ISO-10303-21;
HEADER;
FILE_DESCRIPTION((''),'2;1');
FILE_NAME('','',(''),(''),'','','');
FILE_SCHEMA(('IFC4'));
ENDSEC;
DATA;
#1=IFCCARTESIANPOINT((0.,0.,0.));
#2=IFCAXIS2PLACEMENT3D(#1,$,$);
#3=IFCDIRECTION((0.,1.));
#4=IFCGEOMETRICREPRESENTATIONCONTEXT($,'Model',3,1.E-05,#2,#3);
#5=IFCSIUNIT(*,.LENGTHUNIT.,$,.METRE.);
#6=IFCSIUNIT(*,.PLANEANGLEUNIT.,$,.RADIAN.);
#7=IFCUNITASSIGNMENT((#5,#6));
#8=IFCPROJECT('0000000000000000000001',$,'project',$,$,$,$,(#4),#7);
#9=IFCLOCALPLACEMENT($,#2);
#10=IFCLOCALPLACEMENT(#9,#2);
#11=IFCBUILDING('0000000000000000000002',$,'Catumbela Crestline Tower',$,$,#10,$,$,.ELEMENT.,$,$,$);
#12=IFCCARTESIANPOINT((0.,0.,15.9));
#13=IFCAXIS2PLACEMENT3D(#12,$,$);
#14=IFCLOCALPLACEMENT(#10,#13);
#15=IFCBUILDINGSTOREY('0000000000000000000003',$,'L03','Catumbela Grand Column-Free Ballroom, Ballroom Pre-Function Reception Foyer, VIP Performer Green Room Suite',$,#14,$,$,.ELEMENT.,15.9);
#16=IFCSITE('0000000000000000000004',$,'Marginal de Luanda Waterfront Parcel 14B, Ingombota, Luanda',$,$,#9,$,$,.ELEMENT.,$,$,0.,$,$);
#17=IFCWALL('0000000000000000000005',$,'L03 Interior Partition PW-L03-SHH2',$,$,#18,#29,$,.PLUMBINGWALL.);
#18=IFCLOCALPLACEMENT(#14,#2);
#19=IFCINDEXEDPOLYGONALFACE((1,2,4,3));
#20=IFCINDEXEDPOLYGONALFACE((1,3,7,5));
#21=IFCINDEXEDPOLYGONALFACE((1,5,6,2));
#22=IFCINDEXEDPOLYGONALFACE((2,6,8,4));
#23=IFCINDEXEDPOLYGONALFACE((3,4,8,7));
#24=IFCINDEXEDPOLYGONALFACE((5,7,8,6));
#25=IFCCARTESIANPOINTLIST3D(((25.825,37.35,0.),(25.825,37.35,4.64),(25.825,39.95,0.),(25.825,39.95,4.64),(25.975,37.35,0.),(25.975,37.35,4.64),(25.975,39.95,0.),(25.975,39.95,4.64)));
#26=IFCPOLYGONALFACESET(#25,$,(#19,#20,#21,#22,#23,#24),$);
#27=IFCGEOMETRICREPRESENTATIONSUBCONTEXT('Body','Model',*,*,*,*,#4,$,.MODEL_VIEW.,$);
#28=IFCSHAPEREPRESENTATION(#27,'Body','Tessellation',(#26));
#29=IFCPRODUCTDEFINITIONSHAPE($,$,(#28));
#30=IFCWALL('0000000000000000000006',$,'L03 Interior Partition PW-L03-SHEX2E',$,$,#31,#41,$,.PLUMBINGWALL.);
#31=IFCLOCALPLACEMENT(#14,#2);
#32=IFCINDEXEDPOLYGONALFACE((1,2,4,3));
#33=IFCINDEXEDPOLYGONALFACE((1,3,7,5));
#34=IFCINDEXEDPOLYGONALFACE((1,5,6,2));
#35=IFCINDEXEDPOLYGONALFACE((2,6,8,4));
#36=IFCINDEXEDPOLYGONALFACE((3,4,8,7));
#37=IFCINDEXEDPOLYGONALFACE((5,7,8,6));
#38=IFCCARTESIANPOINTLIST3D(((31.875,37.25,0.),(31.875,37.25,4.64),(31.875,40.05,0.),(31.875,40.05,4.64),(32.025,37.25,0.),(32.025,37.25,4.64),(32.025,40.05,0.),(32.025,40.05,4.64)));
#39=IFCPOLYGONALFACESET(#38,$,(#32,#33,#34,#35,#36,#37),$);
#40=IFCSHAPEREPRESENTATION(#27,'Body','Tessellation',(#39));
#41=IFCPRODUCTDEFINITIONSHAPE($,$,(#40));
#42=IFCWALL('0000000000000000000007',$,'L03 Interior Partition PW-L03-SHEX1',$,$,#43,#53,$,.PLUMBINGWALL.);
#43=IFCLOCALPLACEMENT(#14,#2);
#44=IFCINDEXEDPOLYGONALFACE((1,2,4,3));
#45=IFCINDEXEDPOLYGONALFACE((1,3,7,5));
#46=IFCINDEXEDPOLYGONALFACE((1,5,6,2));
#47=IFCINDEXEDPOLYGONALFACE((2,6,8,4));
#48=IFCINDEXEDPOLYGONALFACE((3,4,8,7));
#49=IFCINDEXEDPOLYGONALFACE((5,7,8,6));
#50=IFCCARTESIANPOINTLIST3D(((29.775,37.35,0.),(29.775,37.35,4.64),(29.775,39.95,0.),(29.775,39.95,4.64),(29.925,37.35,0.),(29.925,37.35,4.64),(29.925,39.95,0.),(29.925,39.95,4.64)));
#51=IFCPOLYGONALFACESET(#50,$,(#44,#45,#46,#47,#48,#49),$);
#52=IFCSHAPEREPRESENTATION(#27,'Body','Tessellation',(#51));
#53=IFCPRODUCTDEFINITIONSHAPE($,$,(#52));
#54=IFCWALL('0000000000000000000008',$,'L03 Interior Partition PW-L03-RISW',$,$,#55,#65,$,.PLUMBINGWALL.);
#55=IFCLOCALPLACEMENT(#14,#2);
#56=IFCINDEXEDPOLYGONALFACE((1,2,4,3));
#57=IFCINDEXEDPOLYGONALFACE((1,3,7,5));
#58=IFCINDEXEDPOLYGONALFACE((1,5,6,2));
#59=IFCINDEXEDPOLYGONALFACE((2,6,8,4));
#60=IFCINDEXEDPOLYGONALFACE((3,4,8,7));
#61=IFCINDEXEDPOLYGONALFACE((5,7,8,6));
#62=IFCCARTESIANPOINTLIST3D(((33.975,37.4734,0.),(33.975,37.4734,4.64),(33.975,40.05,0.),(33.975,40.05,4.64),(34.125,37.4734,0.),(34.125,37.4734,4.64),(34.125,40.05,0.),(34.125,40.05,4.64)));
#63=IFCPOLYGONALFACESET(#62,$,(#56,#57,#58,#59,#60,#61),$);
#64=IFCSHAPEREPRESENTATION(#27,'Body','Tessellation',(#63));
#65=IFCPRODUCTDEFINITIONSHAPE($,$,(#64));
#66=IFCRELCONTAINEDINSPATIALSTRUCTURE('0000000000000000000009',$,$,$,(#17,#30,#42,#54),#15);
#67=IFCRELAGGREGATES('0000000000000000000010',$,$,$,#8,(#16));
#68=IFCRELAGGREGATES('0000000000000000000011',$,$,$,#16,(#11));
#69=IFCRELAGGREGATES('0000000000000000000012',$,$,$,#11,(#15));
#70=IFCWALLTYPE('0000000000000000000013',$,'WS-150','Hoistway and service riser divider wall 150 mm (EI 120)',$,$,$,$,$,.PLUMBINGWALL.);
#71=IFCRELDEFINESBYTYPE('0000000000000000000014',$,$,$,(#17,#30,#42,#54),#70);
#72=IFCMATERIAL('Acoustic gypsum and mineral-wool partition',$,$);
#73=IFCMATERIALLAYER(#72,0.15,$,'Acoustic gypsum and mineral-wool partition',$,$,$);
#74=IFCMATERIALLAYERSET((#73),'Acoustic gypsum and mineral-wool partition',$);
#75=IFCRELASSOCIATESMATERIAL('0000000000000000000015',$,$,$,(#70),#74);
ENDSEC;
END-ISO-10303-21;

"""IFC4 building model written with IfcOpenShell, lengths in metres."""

from ifc_helpers import new_model, si_unit, direction, frame, frame_2d, origin, place, context, subcontext, project, spatial, rectangle, extrude, material, layer, layer_set, type_object, element, save


model = new_model("IFC4")

# Units and contexts
model_context = context("Model", 3, precision=1e-05, world=origin(), true_north=direction((0.0, 1.0)))
body_context = subcontext(model_context, "Body", "Model", "MODEL_VIEW")
ifc_project = project(units=[si_unit("LENGTHUNIT", "METRE"), si_unit("PLANEANGLEUNIT", "RADIAN")], contexts=[model_context])

# Site, building, storey
site_placement = place(None, origin())
site = spatial("IfcSite", under=ifc_project, at=site_placement, Name="Marginal de Luanda Waterfront Parcel 14B, Ingombota, Luanda", CompositionType="ELEMENT", RefElevation=0.0)
building_placement = place(site_placement, origin())
building = spatial("IfcBuilding", under=site, at=building_placement, Name="Catumbela Crestline Tower", CompositionType="ELEMENT")
storey_placement = place(building_placement, frame((0.0, 0.0, 15.9)))
storey = spatial("IfcBuildingStorey", under=building, at=storey_placement, Name="L03", Description="Catumbela Grand Column-Free Ballroom, Ballroom Pre-Function Reception Foyer, VIP Performer Green Room Suite", CompositionType="ELEMENT", Elevation=15.9)

# Walls
ifc_material_1 = material(Name="Acoustic gypsum and mineral-wool partition")
ifc_layer_1 = layer(ifc_material_1, 0.15, Name="Acoustic gypsum and mineral-wool partition")
ifc_layer_set_1 = layer_set([ifc_layer_1], Name="Acoustic gypsum and mineral-wool partition")
wall_type_1 = type_object("IfcWallType", Name="WS-150", Description="Hoistway and service riser divider wall 150 mm (EI 120)", PredefinedType="PLUMBINGWALL", material=ifc_layer_set_1)
for number, where, z_axis, x_axis, name in (
    (1, (25.9, 37.35, 0.0), (0.0, 0.0, 1.0), (0.0, 1.0, 0.0), "L03 Interior Partition PW-L03-SHH2"),
):
    element("IfcWall", number, at=place(storey_placement, frame(where, z_axis=z_axis, x_axis=x_axis)), inside=storey, type_object=wall_type_1, Name=name, PredefinedType="PLUMBINGWALL", context=body_context, shape_type="SweptSolid", body=[
        extrude(rectangle(XDim=2.6, YDim=0.15, at=frame_2d((1.3, 0.0))), origin(), (0.0, 0.0, 1.0), 4.64),
    ])
wall_1_placement = place(storey_placement, frame((31.95, 37.25, 0.0), z_axis=(0.0, 0.0, 1.0), x_axis=(0.0, 1.0, 0.0)))
element("IfcWall", 2, at=wall_1_placement, inside=storey, type_object=wall_type_1, Name="L03 Interior Partition PW-L03-SHEX2E", PredefinedType="PLUMBINGWALL", context=body_context, shape_type="SweptSolid", body=[
    extrude(rectangle(XDim=2.8, YDim=0.15, at=frame_2d((1.4, 0.0))), origin(), (0.0, 0.0, 1.0), 4.64),
])
wall_2_placement = place(storey_placement, frame((29.85, 37.35, 0.0), z_axis=(0.0, 0.0, 1.0), x_axis=(0.0, 1.0, 0.0)))
element("IfcWall", 3, at=wall_2_placement, inside=storey, type_object=wall_type_1, Name="L03 Interior Partition PW-L03-SHEX1", PredefinedType="PLUMBINGWALL", context=body_context, shape_type="SweptSolid", body=[
    extrude(rectangle(XDim=2.6, YDim=0.15, at=frame_2d((1.3, 0.0))), origin(), (0.0, 0.0, 1.0), 4.64),
])
wall_3_placement = place(storey_placement, frame((34.05, 37.4734, 0.0), z_axis=(0.0, 0.0, 1.0), x_axis=(0.0, 1.0, 0.0)))
element("IfcWall", 4, at=wall_3_placement, inside=storey, type_object=wall_type_1, Name="L03 Interior Partition PW-L03-RISW", PredefinedType="PLUMBINGWALL", context=body_context, shape_type="SweptSolid", body=[
    extrude(rectangle(XDim=2.5766, YDim=0.15, at=frame_2d((1.2883, 0.0))), origin(), (0.0, 0.0, 1.0), 4.64),
])

save(model, "model.ifc")
